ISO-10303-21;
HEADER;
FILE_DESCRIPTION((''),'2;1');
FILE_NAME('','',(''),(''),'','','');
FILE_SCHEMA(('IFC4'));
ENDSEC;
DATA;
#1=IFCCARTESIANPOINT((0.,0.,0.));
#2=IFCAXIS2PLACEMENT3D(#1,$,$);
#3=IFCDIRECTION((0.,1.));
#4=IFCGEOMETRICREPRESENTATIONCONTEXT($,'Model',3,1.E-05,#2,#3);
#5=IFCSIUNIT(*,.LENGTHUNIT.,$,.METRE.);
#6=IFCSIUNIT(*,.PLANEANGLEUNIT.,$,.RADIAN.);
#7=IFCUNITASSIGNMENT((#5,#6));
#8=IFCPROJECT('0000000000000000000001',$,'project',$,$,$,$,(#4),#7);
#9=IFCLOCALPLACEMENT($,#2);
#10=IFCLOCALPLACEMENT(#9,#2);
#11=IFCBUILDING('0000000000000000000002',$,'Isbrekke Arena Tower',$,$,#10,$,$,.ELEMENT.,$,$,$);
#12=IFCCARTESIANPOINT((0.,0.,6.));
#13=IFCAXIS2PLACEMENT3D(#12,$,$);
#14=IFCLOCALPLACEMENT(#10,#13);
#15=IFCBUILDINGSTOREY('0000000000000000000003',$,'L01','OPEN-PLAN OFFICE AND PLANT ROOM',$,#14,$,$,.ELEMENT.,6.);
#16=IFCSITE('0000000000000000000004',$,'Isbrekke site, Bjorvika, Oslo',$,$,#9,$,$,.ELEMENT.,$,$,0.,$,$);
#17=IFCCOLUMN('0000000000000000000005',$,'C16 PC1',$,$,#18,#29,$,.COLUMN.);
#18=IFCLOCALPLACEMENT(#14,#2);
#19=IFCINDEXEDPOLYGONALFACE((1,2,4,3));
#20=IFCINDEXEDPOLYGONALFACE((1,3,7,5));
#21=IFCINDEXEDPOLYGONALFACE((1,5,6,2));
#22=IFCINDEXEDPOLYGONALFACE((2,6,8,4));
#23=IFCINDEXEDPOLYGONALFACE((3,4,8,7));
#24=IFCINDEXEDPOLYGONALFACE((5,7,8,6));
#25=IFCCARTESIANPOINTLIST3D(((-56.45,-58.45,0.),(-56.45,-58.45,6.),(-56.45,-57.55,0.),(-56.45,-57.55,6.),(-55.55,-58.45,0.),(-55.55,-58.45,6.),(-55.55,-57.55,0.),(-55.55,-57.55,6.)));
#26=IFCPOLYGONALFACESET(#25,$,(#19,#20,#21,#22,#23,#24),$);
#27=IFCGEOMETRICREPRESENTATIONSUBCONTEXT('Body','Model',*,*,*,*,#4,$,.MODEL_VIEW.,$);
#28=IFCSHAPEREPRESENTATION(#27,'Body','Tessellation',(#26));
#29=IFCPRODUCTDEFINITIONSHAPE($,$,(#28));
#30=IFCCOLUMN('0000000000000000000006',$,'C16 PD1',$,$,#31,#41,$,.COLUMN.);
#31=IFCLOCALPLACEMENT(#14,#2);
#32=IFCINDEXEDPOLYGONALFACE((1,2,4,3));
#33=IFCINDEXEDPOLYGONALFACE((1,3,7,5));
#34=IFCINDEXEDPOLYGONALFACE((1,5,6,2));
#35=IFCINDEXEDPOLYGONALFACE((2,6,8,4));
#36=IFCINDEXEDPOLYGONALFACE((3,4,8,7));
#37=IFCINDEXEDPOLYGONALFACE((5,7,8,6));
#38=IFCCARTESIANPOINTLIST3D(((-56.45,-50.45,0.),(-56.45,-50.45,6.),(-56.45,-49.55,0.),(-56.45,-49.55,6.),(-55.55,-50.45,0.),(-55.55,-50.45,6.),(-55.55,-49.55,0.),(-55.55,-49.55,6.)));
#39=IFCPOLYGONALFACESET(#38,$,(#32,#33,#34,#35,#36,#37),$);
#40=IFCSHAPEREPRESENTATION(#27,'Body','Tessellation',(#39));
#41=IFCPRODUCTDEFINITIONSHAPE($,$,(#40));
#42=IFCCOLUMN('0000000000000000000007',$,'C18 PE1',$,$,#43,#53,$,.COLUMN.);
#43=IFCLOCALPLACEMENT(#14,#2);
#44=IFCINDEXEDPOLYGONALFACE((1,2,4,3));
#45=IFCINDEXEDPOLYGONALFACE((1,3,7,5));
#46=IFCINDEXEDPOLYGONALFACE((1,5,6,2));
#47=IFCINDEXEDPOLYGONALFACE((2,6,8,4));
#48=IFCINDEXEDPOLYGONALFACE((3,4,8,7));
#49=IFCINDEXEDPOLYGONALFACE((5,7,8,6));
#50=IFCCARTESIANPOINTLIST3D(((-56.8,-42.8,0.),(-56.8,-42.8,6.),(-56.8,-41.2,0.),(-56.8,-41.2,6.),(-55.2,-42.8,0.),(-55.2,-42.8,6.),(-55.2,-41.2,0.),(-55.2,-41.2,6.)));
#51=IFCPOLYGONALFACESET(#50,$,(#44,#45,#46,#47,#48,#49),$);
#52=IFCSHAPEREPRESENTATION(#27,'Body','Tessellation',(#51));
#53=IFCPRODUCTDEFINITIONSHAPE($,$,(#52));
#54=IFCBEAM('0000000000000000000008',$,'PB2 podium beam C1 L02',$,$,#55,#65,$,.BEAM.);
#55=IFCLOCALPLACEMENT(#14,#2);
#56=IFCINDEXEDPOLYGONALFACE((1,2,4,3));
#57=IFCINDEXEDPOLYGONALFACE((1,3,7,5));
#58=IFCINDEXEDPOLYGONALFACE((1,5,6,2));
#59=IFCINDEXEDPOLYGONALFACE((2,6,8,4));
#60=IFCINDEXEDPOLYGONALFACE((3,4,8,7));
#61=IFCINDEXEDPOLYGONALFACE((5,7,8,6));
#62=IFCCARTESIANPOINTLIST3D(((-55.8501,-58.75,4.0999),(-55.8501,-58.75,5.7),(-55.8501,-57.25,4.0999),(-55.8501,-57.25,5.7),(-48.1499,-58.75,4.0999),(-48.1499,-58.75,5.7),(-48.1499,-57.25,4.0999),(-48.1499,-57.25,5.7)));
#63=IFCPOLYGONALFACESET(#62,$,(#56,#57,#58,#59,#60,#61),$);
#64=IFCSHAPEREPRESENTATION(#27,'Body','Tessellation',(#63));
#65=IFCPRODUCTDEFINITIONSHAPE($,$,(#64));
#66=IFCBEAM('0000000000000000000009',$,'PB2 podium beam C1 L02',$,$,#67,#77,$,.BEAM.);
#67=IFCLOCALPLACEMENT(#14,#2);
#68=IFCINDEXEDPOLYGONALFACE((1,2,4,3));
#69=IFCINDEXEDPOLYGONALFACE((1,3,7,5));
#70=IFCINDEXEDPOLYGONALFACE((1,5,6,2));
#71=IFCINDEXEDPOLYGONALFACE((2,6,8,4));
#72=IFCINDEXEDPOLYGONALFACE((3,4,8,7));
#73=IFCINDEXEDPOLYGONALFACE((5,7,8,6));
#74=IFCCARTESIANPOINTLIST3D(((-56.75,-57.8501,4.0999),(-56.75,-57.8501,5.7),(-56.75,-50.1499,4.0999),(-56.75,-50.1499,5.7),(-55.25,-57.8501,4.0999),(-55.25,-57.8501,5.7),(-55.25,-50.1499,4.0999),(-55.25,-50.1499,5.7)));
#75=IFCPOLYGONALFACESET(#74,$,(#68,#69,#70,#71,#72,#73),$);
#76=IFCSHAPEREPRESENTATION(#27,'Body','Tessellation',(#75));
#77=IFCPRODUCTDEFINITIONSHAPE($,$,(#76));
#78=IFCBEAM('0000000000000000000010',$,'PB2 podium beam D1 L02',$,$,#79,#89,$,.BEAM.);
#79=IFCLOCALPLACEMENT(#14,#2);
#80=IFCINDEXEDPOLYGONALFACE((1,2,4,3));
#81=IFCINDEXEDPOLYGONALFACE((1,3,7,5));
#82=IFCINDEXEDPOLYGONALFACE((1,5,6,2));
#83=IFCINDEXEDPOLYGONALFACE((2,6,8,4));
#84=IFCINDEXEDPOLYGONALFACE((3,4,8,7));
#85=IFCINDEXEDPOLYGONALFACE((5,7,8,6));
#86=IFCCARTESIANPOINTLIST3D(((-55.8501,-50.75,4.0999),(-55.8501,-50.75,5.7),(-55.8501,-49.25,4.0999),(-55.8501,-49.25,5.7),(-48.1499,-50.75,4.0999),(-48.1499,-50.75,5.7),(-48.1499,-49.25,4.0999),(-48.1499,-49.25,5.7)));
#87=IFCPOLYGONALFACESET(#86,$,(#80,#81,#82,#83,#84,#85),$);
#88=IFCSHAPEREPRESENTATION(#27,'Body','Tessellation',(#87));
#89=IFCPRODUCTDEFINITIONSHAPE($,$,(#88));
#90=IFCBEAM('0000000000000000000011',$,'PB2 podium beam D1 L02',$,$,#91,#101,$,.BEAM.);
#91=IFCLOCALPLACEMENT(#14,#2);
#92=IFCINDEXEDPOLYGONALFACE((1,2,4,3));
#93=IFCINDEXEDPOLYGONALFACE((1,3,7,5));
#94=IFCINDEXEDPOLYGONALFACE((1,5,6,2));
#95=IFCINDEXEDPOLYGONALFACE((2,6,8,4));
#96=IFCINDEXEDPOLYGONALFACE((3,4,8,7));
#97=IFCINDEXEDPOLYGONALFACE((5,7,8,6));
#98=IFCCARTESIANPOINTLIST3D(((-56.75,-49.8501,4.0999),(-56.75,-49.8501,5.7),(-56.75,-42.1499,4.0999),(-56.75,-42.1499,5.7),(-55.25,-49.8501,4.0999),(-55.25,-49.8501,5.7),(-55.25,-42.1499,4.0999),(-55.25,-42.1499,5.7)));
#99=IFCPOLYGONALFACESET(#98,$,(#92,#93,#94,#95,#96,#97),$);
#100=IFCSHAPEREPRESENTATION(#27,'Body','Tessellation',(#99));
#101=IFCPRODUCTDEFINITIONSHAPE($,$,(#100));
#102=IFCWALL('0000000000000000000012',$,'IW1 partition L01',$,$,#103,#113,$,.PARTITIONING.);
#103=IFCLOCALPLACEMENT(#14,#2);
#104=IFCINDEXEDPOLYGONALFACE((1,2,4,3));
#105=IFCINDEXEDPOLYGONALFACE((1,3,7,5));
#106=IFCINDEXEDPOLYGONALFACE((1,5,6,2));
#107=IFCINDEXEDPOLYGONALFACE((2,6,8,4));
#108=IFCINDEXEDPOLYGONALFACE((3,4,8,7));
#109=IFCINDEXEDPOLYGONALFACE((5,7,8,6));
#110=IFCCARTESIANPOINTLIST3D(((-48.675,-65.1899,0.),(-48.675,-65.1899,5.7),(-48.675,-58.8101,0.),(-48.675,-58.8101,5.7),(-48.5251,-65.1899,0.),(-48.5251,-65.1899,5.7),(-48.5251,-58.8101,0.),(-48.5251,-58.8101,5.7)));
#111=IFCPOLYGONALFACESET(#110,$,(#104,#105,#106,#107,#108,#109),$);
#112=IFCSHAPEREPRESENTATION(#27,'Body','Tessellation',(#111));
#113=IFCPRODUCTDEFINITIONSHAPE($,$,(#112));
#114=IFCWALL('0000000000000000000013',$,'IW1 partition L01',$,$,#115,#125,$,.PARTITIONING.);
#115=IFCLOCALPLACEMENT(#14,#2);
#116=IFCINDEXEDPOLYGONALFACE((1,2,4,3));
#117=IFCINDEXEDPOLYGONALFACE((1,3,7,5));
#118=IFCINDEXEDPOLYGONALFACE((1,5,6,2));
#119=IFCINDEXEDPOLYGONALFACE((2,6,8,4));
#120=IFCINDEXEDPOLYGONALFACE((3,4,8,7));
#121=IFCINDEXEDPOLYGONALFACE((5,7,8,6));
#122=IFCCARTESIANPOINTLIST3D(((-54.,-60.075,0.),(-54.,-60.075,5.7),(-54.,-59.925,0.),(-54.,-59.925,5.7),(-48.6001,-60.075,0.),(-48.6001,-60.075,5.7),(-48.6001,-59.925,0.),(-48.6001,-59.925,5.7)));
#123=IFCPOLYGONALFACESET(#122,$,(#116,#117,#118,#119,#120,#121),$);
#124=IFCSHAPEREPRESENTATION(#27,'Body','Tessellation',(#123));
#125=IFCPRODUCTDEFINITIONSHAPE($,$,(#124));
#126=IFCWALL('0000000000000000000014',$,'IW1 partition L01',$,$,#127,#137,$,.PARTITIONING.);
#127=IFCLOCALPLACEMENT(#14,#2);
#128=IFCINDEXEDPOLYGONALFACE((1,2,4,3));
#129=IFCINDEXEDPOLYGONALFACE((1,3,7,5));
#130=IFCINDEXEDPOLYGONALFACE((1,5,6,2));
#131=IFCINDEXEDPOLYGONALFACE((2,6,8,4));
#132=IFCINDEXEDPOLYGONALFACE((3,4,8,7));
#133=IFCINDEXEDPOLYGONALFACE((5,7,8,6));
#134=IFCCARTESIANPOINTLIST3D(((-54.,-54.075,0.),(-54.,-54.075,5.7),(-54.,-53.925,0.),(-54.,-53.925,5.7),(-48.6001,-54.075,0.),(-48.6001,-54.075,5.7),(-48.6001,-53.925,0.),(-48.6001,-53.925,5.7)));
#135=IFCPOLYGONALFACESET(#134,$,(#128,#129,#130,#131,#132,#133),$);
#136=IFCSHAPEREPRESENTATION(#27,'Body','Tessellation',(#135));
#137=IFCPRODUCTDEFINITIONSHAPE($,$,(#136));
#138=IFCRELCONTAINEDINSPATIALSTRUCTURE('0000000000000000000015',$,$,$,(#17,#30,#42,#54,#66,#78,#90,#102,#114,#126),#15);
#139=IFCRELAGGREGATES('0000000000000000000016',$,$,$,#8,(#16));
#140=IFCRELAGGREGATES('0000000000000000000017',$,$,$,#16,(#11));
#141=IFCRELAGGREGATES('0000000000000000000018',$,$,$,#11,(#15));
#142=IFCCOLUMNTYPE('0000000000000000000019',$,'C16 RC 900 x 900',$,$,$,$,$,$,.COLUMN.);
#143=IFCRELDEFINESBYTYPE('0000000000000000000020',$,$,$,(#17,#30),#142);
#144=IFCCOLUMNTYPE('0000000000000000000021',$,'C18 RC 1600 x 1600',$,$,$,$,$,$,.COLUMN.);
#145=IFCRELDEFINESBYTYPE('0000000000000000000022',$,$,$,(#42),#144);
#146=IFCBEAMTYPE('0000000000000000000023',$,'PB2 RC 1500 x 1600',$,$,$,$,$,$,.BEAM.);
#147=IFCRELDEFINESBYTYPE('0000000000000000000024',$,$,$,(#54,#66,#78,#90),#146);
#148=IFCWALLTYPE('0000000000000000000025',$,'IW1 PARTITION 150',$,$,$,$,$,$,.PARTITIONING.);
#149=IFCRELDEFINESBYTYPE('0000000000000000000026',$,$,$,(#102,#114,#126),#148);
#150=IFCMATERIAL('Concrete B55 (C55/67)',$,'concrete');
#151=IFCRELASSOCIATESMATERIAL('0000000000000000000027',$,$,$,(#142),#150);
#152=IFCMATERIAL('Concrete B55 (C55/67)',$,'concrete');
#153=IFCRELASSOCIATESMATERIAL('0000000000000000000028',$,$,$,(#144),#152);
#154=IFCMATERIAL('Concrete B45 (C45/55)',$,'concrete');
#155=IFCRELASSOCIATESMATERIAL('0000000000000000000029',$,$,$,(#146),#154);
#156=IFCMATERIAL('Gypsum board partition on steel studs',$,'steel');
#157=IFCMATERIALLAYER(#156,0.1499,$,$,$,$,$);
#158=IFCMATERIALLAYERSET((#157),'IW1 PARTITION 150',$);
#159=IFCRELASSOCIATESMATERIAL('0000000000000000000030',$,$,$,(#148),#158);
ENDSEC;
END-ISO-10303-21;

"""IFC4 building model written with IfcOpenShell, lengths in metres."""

from ifc_helpers import new_model, si_unit, direction, frame, frame_2d, origin, origin_2d, place, context, subcontext, project, spatial, rectangle, extrude, material, layer, layer_set, material_profile, profile_set, type_object, element, save


model = new_model("IFC4")

# Units and contexts
model_context = context("Model", 3, precision=1e-05, world=origin(), true_north=direction((0.0, 1.0)))
body_context = subcontext(model_context, "Body", "Model", "MODEL_VIEW")
ifc_project = project(units=[si_unit("LENGTHUNIT", "METRE"), si_unit("PLANEANGLEUNIT", "RADIAN")], contexts=[model_context])

# Site, building, storey
site_placement = place(None, origin())
site = spatial("IfcSite", under=ifc_project, at=site_placement, Name="Isbrekke site, Bjorvika, Oslo", CompositionType="ELEMENT", RefElevation=0.0)
building_placement = place(site_placement, origin())
building = spatial("IfcBuilding", under=site, at=building_placement, Name="Isbrekke Arena Tower", CompositionType="ELEMENT")
storey_placement = place(building_placement, frame((0.0, 0.0, 6.0)))
storey = spatial("IfcBuildingStorey", under=building, at=storey_placement, Name="L01", Description="OPEN-PLAN OFFICE AND PLANT ROOM", CompositionType="ELEMENT", Elevation=6.0)

# Columns
ifc_material_1 = material(Name="Concrete B55 (C55/67)", Category="concrete")
ifc_material_profile_1 = material_profile(ifc_material_1, rectangle(XDim=0.8999, YDim=0.8999, at=origin_2d()), Name="RC 900x900")
ifc_profile_set_1 = profile_set([ifc_material_profile_1], Name="Concrete B55 (C55/67)")
column_type_1 = type_object("IfcColumnType", Name="C16 RC 900 x 900", PredefinedType="COLUMN", material=ifc_profile_set_1)
for number, where, z_axis, x_axis, name in (
    (1, (-56.0, -58.0, 0.0), (0.0, 0.0, 1.0), (1.0, 0.0, 0.0), "C16 PC1"),
    (2, (-56.0, -50.0, 0.0), (0.0, 0.0, 1.0), (1.0, 0.0, 0.0), "C16 PD1"),
):
    element("IfcColumn", number, at=place(storey_placement, frame(where, z_axis=z_axis, x_axis=x_axis)), inside=storey, type_object=column_type_1, Name=name, PredefinedType="COLUMN", context=body_context, shape_type="SweptSolid", body=[
        extrude(rectangle(XDim=0.8999, YDim=0.8999, at=origin_2d()), origin(), (0.0, 0.0, 1.0), 6.0),
    ])
ifc_material_2 = material(Name="Concrete B55 (C55/67)", Category="concrete")
ifc_material_profile_2 = material_profile(ifc_material_2, rectangle(XDim=1.6001, YDim=1.6001, at=origin_2d()), Name="RC 1600x1600")
ifc_profile_set_2 = profile_set([ifc_material_profile_2], Name="Concrete B55 (C55/67)")
column_type_2 = type_object("IfcColumnType", Name="C18 RC 1600 x 1600", PredefinedType="COLUMN", material=ifc_profile_set_2)
column_placement = place(storey_placement, frame((-56.0, -42.0, 0.0), z_axis=(0.0, 0.0, 1.0), x_axis=(1.0, 0.0, 0.0)))
element("IfcColumn", 3, at=column_placement, inside=storey, type_object=column_type_2, Name="C18 PE1", PredefinedType="COLUMN", context=body_context, shape_type="SweptSolid", body=[
    extrude(rectangle(XDim=1.6001, YDim=1.6001, at=origin_2d()), origin(), (0.0, 0.0, 1.0), 6.0),
])

# Beams
ifc_material_3 = material(Name="Concrete B45 (C45/55)", Category="concrete")
ifc_material_profile_3 = material_profile(ifc_material_3, rectangle(XDim=1.5, YDim=1.6001, at=origin_2d()), Name="RC 1500x1600")
ifc_profile_set_3 = profile_set([ifc_material_profile_3], Name="Concrete B45 (C45/55)")
beam_type = type_object("IfcBeamType", Name="PB2 RC 1500 x 1600", PredefinedType="BEAM", material=ifc_profile_set_3)
for number, where, z_axis, x_axis, name in (
    (4, (-55.8501, -58.0, 4.8999), (1.0, 0.0, 0.0), (0.0, 1.0, 0.0), "PB2 podium beam C1 L02"),
    (5, (-56.0, -57.8501, 4.8999), (0.0, 1.0, 0.0), (-1.0, 0.0, 0.0), "PB2 podium beam C1 L02"),
    (6, (-55.8501, -50.0, 4.8999), (1.0, 0.0, 0.0), (0.0, 1.0, 0.0), "PB2 podium beam D1 L02"),
    (7, (-56.0, -49.8501, 4.8999), (0.0, 1.0, 0.0), (-1.0, 0.0, 0.0), "PB2 podium beam D1 L02"),
):
    element("IfcBeam", number, at=place(storey_placement, frame(where, z_axis=z_axis, x_axis=x_axis)), inside=storey, type_object=beam_type, Name=name, PredefinedType="BEAM", context=body_context, shape_type="SweptSolid", body=[
        extrude(rectangle(XDim=1.5, YDim=1.6001, at=origin_2d()), origin(), (0.0, 0.0, 1.0), 7.7002),
    ])

# Walls
ifc_material_4 = material(Name="Gypsum board partition on steel studs", Category="steel")
ifc_layer = layer(ifc_material_4, 0.1499)
ifc_layer_set = layer_set([ifc_layer], Name="IW1 PARTITION 150")
wall_type = type_object("IfcWallType", Name="IW1 PARTITION 150", PredefinedType="PARTITIONING", material=ifc_layer_set)
wall_placement = place(storey_placement, frame((-48.6001, -65.1899, 0.0), z_axis=(0.0, 0.0, 1.0), x_axis=(0.0, 1.0, 0.0)))
element("IfcWall", 8, at=wall_placement, inside=storey, type_object=wall_type, Name="IW1 partition L01", PredefinedType="PARTITIONING", context=body_context, shape_type="SweptSolid", body=[
    extrude(rectangle(XDim=6.3799, YDim=0.1499, at=frame_2d((3.1899, 0.0))), origin(), (0.0, 0.0, 1.0), 5.7),
])
for number, where, z_axis, x_axis, name in (
    (9, (-54.0, -60.0, 0.0), (0.0, 0.0, 1.0), (1.0, 0.0, 0.0), "IW1 partition L01"),
    (10, (-54.0, -54.0, 0.0), (0.0, 0.0, 1.0), (1.0, 0.0, 0.0), "IW1 partition L01"),
):
    element("IfcWall", number, at=place(storey_placement, frame(where, z_axis=z_axis, x_axis=x_axis)), inside=storey, type_object=wall_type, Name=name, PredefinedType="PARTITIONING", context=body_context, shape_type="SweptSolid", body=[
        extrude(rectangle(XDim=5.3999, YDim=0.1499, at=frame_2d((2.7, 0.0))), origin(), (0.0, 0.0, 1.0), 5.7),
    ])

save(model, "model.ifc")
